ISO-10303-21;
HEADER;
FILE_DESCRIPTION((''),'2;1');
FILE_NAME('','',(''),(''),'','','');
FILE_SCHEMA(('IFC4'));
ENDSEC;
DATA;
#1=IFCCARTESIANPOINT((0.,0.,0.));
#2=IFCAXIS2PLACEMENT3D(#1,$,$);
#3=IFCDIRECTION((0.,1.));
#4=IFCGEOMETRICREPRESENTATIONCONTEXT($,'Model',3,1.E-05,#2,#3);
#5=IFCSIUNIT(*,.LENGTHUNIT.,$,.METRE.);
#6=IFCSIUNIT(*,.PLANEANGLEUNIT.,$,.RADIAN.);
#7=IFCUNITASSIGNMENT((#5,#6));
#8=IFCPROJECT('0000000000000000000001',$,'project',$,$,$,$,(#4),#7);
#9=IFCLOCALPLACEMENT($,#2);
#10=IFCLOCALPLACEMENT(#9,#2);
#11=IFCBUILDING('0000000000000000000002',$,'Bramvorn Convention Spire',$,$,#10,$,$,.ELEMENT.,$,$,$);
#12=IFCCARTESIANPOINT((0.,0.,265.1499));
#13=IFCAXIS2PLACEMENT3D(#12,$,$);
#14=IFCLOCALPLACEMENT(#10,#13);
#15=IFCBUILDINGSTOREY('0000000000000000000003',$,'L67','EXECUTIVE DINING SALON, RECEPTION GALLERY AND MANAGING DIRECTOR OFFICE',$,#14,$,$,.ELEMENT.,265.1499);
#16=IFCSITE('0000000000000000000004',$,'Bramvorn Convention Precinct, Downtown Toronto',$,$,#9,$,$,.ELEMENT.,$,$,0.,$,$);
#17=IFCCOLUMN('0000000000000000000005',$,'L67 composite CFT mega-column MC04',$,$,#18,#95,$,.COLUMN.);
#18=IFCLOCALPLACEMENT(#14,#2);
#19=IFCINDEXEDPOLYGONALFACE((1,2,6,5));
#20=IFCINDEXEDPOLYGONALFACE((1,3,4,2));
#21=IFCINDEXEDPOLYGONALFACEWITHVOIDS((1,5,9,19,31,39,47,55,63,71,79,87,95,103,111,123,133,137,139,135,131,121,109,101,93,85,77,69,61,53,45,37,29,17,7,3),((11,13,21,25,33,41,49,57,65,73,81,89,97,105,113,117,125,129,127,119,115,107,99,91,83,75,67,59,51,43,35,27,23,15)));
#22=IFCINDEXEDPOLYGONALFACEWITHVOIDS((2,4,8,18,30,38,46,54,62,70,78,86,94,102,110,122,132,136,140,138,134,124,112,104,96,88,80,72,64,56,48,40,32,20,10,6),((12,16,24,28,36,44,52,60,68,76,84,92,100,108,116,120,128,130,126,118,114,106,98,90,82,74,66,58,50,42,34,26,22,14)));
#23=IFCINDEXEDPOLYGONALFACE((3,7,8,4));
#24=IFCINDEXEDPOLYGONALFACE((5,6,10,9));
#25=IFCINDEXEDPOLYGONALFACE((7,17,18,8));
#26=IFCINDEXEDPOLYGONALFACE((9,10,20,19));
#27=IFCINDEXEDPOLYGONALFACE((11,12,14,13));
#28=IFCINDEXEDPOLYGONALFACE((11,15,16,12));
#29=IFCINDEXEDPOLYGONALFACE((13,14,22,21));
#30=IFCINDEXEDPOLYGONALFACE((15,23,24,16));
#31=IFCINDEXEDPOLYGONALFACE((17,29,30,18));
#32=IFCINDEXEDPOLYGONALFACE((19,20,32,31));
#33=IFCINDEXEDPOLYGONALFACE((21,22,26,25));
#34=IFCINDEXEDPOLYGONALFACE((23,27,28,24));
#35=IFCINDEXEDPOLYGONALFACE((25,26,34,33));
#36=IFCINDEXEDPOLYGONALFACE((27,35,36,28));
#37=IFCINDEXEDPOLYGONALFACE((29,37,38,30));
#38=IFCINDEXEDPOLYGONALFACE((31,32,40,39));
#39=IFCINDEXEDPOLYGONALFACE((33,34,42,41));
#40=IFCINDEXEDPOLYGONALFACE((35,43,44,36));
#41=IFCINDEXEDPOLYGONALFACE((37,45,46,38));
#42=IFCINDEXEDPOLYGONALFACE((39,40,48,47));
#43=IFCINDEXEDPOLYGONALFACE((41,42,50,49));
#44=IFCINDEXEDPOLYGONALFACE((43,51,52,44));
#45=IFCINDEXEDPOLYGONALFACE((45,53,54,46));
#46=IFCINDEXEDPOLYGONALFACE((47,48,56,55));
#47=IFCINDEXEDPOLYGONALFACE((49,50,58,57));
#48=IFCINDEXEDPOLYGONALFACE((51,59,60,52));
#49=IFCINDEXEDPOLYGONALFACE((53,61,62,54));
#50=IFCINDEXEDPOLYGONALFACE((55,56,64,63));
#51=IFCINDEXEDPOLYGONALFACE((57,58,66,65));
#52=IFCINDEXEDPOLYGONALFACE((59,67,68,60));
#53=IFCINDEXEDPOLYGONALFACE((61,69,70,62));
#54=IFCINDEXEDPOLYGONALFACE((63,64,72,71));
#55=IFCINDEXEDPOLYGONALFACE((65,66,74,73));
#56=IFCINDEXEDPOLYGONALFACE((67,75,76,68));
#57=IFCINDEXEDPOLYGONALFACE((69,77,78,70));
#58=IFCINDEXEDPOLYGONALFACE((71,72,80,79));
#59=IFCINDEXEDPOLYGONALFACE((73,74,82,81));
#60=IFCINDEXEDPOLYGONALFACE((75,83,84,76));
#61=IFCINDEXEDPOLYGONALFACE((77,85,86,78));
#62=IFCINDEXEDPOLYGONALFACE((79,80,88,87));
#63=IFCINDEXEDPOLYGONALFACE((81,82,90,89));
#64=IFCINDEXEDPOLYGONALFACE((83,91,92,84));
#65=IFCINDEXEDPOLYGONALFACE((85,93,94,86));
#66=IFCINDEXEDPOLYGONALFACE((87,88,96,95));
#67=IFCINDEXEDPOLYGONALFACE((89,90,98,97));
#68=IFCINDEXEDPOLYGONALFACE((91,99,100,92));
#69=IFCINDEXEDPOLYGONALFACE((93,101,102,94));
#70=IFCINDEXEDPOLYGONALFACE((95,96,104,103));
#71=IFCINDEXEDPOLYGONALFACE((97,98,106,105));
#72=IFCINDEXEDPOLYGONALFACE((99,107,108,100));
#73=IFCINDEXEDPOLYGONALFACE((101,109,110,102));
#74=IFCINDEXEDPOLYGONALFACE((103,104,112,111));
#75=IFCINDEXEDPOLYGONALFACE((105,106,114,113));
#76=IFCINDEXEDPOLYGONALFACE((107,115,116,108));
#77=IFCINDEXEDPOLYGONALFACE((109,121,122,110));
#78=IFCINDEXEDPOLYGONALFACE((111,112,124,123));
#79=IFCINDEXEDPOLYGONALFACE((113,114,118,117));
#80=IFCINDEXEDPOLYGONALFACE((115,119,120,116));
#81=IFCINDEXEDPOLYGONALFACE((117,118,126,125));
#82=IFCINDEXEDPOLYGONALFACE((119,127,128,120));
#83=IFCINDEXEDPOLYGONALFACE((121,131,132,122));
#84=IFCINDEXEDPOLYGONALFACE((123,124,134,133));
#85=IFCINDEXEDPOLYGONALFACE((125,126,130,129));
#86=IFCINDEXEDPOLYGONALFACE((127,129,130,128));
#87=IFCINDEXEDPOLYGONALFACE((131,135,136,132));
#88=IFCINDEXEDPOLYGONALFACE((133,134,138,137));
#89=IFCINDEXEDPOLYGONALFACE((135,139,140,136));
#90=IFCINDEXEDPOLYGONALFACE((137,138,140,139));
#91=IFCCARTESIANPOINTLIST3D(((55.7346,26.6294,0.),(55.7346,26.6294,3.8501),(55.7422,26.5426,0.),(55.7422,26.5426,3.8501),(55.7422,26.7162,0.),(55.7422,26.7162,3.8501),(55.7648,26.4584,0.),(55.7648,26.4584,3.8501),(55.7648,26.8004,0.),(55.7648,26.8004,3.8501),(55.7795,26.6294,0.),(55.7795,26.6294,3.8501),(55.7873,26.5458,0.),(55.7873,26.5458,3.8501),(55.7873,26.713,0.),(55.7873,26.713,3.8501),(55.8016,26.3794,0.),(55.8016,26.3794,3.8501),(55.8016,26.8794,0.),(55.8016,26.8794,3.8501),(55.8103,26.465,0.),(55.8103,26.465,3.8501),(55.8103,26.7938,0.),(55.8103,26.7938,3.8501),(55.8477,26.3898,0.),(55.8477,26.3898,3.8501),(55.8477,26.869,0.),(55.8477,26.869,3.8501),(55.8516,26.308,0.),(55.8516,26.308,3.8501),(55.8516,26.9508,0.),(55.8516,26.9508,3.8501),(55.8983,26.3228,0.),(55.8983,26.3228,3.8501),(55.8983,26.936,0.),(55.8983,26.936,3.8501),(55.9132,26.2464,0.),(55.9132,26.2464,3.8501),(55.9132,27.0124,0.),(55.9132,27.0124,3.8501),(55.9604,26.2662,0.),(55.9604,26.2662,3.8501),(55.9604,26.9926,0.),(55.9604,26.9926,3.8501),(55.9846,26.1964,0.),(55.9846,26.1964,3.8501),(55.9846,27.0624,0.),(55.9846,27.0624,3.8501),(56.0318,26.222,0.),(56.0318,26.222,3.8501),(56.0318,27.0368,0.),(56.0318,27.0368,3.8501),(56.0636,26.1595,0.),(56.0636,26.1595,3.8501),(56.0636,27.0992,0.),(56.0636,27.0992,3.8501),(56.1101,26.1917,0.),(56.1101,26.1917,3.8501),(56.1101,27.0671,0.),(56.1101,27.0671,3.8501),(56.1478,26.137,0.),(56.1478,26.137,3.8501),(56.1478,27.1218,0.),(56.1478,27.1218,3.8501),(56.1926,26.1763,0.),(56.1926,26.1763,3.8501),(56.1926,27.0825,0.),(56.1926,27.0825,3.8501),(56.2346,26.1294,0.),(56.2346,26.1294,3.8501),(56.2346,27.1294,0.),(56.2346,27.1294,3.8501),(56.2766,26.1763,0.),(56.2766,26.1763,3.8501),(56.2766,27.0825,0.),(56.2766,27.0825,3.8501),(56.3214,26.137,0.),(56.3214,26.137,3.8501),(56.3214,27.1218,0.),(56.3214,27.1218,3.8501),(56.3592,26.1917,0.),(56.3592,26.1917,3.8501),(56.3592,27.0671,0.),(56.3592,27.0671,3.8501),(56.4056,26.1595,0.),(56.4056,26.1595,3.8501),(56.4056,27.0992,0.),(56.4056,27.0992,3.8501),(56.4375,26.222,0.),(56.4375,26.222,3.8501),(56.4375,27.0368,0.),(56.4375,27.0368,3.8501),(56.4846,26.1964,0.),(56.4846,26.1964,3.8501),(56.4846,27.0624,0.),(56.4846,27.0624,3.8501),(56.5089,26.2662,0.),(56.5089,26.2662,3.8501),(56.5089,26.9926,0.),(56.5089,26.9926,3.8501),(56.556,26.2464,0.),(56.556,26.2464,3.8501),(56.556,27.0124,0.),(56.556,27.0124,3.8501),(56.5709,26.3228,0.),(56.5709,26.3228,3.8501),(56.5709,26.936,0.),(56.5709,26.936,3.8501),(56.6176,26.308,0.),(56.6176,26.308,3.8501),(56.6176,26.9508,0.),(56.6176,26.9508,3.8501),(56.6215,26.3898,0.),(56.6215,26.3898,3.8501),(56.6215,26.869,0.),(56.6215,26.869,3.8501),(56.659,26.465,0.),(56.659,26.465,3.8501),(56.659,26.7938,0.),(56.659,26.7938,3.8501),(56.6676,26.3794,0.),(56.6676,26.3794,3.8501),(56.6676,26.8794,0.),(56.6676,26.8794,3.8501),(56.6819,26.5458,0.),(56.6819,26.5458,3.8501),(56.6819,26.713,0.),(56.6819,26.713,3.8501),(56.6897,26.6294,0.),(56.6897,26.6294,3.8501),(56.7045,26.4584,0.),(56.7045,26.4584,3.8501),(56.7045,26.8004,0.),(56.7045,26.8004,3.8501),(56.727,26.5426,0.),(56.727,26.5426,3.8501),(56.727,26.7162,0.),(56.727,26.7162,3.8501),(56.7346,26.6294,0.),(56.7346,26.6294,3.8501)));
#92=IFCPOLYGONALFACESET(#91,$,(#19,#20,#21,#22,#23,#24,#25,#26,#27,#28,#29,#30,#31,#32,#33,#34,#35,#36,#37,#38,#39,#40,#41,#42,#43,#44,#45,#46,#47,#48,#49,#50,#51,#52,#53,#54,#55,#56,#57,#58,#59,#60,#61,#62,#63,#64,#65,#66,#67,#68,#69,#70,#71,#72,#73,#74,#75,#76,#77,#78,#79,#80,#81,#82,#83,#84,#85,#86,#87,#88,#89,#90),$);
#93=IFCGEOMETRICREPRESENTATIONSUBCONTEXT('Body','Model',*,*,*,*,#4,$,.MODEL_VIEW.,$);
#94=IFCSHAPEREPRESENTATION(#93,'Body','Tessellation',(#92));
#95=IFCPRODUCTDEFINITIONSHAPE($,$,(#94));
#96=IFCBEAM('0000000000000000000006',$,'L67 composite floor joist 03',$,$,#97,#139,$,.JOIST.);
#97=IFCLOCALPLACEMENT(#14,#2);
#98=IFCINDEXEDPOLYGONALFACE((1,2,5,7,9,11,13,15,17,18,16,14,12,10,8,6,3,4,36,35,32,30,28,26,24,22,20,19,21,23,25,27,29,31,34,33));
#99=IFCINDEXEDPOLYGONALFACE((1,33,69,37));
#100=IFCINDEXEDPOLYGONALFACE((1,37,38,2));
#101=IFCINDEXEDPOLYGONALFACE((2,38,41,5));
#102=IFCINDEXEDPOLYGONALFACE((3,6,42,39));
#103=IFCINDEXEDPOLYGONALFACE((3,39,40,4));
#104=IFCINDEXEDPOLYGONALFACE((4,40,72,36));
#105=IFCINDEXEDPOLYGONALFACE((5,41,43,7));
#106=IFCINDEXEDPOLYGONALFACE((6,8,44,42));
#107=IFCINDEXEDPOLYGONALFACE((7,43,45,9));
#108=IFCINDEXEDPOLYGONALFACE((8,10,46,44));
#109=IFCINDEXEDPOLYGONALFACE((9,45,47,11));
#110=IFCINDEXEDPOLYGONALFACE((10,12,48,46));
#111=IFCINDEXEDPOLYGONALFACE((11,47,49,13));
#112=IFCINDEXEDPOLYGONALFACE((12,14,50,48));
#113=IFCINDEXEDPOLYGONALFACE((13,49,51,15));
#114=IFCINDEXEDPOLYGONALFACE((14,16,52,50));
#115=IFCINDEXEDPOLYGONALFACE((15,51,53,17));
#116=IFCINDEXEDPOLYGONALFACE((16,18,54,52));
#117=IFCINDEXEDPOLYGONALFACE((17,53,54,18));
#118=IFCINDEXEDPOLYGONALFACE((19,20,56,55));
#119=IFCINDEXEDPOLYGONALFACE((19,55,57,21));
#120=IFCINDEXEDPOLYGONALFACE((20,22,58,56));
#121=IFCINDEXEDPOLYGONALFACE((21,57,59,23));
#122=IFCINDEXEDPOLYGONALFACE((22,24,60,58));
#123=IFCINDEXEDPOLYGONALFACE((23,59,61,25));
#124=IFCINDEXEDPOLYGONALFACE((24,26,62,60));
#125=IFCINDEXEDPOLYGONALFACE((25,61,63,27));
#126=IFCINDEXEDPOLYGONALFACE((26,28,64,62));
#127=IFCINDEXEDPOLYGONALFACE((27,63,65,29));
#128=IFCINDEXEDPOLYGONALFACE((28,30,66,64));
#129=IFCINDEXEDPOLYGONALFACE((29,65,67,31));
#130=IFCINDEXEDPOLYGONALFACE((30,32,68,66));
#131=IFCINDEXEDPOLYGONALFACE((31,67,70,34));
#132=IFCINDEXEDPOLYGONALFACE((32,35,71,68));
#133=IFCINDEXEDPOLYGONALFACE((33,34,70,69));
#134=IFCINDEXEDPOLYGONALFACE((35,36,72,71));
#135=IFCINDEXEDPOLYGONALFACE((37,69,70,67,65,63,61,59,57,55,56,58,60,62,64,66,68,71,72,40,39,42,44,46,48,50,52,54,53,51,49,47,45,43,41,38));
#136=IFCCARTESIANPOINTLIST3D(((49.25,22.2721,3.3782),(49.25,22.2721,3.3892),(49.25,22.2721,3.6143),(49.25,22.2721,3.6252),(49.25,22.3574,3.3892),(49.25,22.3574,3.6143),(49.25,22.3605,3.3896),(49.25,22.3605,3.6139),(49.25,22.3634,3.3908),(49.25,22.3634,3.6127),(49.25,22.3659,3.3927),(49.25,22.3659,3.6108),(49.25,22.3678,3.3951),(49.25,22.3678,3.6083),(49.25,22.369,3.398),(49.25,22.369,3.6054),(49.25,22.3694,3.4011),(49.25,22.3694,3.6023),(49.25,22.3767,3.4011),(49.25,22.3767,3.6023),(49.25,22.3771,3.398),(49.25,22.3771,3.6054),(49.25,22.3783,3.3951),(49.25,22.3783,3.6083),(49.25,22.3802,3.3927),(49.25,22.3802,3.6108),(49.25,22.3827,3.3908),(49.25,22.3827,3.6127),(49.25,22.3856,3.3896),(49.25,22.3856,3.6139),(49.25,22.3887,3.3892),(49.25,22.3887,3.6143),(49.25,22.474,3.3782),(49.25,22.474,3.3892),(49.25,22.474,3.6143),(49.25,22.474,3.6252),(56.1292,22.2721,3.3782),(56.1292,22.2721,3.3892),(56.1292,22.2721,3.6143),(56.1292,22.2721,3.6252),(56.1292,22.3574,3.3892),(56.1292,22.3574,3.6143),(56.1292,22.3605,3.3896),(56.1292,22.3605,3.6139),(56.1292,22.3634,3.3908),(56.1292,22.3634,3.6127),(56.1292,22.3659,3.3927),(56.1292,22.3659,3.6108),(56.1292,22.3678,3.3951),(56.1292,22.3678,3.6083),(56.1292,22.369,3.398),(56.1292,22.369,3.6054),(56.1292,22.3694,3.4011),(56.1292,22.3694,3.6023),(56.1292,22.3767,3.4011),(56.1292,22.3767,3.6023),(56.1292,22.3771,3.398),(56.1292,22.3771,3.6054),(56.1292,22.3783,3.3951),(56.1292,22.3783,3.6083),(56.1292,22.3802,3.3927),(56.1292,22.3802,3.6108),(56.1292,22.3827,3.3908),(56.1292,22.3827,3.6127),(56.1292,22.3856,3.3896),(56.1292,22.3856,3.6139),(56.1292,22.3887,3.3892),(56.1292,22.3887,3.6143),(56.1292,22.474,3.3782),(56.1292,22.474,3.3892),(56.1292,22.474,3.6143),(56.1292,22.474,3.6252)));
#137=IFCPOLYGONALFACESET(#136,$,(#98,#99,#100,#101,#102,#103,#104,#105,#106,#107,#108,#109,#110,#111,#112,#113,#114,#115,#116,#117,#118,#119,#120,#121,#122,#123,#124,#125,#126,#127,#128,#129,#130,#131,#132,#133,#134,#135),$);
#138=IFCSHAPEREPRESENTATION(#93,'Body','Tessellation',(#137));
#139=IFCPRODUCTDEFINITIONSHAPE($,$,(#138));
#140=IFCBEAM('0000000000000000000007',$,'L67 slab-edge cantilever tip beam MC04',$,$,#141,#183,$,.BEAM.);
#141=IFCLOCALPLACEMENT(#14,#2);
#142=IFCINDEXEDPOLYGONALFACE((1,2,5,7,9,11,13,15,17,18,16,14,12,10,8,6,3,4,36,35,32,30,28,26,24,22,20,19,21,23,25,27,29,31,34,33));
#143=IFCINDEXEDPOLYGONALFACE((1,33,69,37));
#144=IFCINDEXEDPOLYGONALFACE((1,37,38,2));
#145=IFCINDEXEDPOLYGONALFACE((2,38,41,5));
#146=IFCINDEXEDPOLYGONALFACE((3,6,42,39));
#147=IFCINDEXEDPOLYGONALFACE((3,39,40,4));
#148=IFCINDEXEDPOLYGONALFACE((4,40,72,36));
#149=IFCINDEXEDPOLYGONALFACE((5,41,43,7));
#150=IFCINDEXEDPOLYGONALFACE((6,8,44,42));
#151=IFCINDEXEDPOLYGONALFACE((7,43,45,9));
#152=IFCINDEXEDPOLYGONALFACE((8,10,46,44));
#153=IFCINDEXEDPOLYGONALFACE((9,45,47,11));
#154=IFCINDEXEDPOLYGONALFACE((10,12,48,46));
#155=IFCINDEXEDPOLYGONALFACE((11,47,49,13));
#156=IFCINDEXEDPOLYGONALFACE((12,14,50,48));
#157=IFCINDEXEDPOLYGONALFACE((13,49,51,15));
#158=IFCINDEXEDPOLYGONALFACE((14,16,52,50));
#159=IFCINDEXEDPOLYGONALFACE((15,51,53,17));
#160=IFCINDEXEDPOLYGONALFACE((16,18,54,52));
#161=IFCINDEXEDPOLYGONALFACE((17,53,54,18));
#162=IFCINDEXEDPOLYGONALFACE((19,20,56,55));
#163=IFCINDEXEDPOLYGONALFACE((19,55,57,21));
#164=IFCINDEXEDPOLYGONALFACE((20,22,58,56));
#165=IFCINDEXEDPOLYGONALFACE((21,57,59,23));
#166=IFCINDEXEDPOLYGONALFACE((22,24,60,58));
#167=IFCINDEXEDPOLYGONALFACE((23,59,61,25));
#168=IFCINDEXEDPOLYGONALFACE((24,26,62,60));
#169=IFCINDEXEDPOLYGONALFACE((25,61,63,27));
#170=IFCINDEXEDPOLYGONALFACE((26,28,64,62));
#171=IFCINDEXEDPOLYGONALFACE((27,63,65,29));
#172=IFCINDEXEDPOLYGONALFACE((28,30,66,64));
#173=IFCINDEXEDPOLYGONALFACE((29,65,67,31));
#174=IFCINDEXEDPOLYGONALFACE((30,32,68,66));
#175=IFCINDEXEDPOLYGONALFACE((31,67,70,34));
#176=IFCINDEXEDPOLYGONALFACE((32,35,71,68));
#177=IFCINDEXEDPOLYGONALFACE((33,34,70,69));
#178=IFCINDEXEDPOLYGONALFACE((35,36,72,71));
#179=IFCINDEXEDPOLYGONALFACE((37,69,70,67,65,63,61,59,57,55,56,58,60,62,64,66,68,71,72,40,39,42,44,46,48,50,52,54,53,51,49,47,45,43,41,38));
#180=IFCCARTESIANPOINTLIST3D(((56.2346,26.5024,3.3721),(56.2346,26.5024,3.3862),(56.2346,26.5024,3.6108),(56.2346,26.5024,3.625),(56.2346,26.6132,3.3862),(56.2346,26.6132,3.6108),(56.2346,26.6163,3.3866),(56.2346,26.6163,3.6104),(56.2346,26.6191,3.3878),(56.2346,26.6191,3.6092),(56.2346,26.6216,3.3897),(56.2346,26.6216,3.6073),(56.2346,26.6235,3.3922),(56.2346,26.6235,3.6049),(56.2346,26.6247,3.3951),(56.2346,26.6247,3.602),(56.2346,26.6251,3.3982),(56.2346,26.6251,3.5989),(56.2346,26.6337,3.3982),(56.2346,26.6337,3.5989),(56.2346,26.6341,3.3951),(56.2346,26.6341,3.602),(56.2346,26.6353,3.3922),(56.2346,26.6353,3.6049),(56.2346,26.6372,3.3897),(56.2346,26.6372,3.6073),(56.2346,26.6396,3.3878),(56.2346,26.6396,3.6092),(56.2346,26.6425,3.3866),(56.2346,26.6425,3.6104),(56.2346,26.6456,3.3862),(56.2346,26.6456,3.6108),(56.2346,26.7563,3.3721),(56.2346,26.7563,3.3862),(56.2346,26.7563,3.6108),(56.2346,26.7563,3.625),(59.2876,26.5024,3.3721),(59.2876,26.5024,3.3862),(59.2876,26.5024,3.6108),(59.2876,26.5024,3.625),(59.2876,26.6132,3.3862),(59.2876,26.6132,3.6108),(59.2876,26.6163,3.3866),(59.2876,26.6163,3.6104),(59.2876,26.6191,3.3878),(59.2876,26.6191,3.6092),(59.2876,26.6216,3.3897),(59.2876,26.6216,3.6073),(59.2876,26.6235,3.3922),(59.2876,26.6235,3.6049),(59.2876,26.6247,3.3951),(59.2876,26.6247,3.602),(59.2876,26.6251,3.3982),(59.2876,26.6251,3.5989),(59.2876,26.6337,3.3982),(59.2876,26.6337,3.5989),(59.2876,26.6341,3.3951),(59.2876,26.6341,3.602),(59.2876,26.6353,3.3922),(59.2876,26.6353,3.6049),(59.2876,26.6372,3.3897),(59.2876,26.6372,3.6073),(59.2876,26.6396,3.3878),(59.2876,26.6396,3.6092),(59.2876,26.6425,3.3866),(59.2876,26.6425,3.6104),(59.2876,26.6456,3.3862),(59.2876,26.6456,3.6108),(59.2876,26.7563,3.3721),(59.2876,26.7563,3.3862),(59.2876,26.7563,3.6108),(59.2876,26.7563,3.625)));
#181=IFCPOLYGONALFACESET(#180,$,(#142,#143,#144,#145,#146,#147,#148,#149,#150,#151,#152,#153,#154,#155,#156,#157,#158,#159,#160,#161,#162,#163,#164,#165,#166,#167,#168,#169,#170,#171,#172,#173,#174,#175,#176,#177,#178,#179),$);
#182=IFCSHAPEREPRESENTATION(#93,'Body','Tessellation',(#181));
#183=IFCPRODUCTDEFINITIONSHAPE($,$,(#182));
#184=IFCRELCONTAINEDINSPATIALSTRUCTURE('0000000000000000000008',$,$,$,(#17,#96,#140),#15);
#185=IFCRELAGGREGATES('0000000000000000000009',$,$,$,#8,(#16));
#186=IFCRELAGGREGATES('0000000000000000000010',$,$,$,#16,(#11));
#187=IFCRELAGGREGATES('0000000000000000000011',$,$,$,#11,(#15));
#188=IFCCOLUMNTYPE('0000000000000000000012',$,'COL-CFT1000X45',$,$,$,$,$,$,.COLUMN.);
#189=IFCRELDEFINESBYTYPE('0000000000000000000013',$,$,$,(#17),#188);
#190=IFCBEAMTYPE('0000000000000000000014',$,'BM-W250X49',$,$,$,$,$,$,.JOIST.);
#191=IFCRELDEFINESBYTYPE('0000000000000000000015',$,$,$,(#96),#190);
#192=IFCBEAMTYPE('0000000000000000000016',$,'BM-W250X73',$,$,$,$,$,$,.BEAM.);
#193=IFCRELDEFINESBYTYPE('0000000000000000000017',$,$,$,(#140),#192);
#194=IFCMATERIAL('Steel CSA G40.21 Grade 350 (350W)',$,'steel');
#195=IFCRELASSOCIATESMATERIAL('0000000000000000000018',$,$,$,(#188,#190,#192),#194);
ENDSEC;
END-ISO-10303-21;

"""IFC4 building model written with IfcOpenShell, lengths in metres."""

from ifc_helpers import new_model, si_unit, direction, frame, origin, origin_2d, place, context, subcontext, project, spatial, hollow_circle, i_section, extrude, material, material_profile, profile_set, type_object, element, save


model = new_model("IFC4")

# Units and contexts
model_context = context("Model", 3, precision=1e-05, world=origin(), true_north=direction((0.0, 1.0)))
body_context = subcontext(model_context, "Body", "Model", "MODEL_VIEW")
ifc_project = project(units=[si_unit("LENGTHUNIT", "METRE"), si_unit("PLANEANGLEUNIT", "RADIAN")], contexts=[model_context])

# Site, building, storey
site_placement = place(None, origin())
site = spatial("IfcSite", under=ifc_project, at=site_placement, Name="Bramvorn Convention Precinct, Downtown Toronto", CompositionType="ELEMENT", RefElevation=0.0)
building_placement = place(site_placement, origin())
building = spatial("IfcBuilding", under=site, at=building_placement, Name="Bramvorn Convention Spire", CompositionType="ELEMENT")
storey_placement = place(building_placement, frame((0.0, 0.0, 265.1499)))
storey = spatial("IfcBuildingStorey", under=building, at=storey_placement, Name="L67", Description="EXECUTIVE DINING SALON, RECEPTION GALLERY AND MANAGING DIRECTOR OFFICE", CompositionType="ELEMENT", Elevation=265.1499)

# Column
ifc_material_1 = material(Name="Steel CSA G40.21 Grade 350 (350W)", Category="steel")
ifc_material_profile_1 = material_profile(ifc_material_1, hollow_circle(Radius=0.5, WallThickness=0.0449, at=origin_2d()))
ifc_profile_set_1 = profile_set([ifc_material_profile_1], Name="Steel CSA G40.21 Grade 350 (350W) - CFT1000X45")
column_type = type_object("IfcColumnType", Name="COL-CFT1000X45", PredefinedType="COLUMN", material=ifc_profile_set_1)
column_placement = place(storey_placement, frame((56.2346, 26.6294, 0.0), z_axis=(0.0, 0.0, 1.0), x_axis=(1.0, 0.0, 0.0)))
element("IfcColumn", 1, at=column_placement, inside=storey, type_object=column_type, Name="L67 composite CFT mega-column MC04", PredefinedType="COLUMN", context=body_context, shape_type="SweptSolid", body=[
    extrude(hollow_circle(Radius=0.5, WallThickness=0.0449, at=origin_2d()), origin(), (0.0, 0.0, 1.0), 3.8501),
])

# Beams
ifc_material_profile_2 = material_profile(ifc_material_1, i_section(OverallWidth=0.2019, OverallDepth=0.2471, WebThickness=0.0073, FlangeThickness=0.011, FilletRadius=0.012, at=origin_2d()))
ifc_profile_set_2 = profile_set([ifc_material_profile_2], Name="Steel CSA G40.21 Grade 350 (350W) - W250X49")
beam_type_1 = type_object("IfcBeamType", Name="BM-W250X49", PredefinedType="JOIST", material=ifc_profile_set_2)
beam_1_placement = place(storey_placement, frame((49.25, 22.373, 3.5017), z_axis=(1.0, 0.0, 0.0), x_axis=(0.0, 1.0, 0.0)))
element("IfcBeam", 2, at=beam_1_placement, inside=storey, type_object=beam_type_1, Name="L67 composite floor joist 03", PredefinedType="JOIST", context=body_context, shape_type="SweptSolid", body=[
    extrude(i_section(OverallWidth=0.2019, OverallDepth=0.2471, WebThickness=0.0073, FlangeThickness=0.011, FilletRadius=0.012, at=origin_2d()), origin(), (0.0, 0.0, 1.0), 6.8792),
])
ifc_material_profile_3 = material_profile(ifc_material_1, i_section(OverallWidth=0.2539, OverallDepth=0.2529, WebThickness=0.0085, FlangeThickness=0.0142, FilletRadius=0.012, at=origin_2d()))
ifc_profile_set_3 = profile_set([ifc_material_profile_3], Name="Steel CSA G40.21 Grade 350 (350W) - W250X73")
beam_type_2 = type_object("IfcBeamType", Name="BM-W250X73", PredefinedType="BEAM", material=ifc_profile_set_3)
beam_2_placement = place(storey_placement, frame((56.2346, 26.6294, 3.4985), z_axis=(1.0, 0.0, 0.0), x_axis=(0.0, 1.0, 0.0)))
element("IfcBeam", 3, at=beam_2_placement, inside=storey, type_object=beam_type_2, Name="L67 slab-edge cantilever tip beam MC04", PredefinedType="BEAM", context=body_context, shape_type="SweptSolid", body=[
    extrude(i_section(OverallWidth=0.2539, OverallDepth=0.2529, WebThickness=0.0085, FlangeThickness=0.0142, FilletRadius=0.012, at=origin_2d()), origin(), (0.0, 0.0, 1.0), 3.053),
])

save(model, "model.ifc")
